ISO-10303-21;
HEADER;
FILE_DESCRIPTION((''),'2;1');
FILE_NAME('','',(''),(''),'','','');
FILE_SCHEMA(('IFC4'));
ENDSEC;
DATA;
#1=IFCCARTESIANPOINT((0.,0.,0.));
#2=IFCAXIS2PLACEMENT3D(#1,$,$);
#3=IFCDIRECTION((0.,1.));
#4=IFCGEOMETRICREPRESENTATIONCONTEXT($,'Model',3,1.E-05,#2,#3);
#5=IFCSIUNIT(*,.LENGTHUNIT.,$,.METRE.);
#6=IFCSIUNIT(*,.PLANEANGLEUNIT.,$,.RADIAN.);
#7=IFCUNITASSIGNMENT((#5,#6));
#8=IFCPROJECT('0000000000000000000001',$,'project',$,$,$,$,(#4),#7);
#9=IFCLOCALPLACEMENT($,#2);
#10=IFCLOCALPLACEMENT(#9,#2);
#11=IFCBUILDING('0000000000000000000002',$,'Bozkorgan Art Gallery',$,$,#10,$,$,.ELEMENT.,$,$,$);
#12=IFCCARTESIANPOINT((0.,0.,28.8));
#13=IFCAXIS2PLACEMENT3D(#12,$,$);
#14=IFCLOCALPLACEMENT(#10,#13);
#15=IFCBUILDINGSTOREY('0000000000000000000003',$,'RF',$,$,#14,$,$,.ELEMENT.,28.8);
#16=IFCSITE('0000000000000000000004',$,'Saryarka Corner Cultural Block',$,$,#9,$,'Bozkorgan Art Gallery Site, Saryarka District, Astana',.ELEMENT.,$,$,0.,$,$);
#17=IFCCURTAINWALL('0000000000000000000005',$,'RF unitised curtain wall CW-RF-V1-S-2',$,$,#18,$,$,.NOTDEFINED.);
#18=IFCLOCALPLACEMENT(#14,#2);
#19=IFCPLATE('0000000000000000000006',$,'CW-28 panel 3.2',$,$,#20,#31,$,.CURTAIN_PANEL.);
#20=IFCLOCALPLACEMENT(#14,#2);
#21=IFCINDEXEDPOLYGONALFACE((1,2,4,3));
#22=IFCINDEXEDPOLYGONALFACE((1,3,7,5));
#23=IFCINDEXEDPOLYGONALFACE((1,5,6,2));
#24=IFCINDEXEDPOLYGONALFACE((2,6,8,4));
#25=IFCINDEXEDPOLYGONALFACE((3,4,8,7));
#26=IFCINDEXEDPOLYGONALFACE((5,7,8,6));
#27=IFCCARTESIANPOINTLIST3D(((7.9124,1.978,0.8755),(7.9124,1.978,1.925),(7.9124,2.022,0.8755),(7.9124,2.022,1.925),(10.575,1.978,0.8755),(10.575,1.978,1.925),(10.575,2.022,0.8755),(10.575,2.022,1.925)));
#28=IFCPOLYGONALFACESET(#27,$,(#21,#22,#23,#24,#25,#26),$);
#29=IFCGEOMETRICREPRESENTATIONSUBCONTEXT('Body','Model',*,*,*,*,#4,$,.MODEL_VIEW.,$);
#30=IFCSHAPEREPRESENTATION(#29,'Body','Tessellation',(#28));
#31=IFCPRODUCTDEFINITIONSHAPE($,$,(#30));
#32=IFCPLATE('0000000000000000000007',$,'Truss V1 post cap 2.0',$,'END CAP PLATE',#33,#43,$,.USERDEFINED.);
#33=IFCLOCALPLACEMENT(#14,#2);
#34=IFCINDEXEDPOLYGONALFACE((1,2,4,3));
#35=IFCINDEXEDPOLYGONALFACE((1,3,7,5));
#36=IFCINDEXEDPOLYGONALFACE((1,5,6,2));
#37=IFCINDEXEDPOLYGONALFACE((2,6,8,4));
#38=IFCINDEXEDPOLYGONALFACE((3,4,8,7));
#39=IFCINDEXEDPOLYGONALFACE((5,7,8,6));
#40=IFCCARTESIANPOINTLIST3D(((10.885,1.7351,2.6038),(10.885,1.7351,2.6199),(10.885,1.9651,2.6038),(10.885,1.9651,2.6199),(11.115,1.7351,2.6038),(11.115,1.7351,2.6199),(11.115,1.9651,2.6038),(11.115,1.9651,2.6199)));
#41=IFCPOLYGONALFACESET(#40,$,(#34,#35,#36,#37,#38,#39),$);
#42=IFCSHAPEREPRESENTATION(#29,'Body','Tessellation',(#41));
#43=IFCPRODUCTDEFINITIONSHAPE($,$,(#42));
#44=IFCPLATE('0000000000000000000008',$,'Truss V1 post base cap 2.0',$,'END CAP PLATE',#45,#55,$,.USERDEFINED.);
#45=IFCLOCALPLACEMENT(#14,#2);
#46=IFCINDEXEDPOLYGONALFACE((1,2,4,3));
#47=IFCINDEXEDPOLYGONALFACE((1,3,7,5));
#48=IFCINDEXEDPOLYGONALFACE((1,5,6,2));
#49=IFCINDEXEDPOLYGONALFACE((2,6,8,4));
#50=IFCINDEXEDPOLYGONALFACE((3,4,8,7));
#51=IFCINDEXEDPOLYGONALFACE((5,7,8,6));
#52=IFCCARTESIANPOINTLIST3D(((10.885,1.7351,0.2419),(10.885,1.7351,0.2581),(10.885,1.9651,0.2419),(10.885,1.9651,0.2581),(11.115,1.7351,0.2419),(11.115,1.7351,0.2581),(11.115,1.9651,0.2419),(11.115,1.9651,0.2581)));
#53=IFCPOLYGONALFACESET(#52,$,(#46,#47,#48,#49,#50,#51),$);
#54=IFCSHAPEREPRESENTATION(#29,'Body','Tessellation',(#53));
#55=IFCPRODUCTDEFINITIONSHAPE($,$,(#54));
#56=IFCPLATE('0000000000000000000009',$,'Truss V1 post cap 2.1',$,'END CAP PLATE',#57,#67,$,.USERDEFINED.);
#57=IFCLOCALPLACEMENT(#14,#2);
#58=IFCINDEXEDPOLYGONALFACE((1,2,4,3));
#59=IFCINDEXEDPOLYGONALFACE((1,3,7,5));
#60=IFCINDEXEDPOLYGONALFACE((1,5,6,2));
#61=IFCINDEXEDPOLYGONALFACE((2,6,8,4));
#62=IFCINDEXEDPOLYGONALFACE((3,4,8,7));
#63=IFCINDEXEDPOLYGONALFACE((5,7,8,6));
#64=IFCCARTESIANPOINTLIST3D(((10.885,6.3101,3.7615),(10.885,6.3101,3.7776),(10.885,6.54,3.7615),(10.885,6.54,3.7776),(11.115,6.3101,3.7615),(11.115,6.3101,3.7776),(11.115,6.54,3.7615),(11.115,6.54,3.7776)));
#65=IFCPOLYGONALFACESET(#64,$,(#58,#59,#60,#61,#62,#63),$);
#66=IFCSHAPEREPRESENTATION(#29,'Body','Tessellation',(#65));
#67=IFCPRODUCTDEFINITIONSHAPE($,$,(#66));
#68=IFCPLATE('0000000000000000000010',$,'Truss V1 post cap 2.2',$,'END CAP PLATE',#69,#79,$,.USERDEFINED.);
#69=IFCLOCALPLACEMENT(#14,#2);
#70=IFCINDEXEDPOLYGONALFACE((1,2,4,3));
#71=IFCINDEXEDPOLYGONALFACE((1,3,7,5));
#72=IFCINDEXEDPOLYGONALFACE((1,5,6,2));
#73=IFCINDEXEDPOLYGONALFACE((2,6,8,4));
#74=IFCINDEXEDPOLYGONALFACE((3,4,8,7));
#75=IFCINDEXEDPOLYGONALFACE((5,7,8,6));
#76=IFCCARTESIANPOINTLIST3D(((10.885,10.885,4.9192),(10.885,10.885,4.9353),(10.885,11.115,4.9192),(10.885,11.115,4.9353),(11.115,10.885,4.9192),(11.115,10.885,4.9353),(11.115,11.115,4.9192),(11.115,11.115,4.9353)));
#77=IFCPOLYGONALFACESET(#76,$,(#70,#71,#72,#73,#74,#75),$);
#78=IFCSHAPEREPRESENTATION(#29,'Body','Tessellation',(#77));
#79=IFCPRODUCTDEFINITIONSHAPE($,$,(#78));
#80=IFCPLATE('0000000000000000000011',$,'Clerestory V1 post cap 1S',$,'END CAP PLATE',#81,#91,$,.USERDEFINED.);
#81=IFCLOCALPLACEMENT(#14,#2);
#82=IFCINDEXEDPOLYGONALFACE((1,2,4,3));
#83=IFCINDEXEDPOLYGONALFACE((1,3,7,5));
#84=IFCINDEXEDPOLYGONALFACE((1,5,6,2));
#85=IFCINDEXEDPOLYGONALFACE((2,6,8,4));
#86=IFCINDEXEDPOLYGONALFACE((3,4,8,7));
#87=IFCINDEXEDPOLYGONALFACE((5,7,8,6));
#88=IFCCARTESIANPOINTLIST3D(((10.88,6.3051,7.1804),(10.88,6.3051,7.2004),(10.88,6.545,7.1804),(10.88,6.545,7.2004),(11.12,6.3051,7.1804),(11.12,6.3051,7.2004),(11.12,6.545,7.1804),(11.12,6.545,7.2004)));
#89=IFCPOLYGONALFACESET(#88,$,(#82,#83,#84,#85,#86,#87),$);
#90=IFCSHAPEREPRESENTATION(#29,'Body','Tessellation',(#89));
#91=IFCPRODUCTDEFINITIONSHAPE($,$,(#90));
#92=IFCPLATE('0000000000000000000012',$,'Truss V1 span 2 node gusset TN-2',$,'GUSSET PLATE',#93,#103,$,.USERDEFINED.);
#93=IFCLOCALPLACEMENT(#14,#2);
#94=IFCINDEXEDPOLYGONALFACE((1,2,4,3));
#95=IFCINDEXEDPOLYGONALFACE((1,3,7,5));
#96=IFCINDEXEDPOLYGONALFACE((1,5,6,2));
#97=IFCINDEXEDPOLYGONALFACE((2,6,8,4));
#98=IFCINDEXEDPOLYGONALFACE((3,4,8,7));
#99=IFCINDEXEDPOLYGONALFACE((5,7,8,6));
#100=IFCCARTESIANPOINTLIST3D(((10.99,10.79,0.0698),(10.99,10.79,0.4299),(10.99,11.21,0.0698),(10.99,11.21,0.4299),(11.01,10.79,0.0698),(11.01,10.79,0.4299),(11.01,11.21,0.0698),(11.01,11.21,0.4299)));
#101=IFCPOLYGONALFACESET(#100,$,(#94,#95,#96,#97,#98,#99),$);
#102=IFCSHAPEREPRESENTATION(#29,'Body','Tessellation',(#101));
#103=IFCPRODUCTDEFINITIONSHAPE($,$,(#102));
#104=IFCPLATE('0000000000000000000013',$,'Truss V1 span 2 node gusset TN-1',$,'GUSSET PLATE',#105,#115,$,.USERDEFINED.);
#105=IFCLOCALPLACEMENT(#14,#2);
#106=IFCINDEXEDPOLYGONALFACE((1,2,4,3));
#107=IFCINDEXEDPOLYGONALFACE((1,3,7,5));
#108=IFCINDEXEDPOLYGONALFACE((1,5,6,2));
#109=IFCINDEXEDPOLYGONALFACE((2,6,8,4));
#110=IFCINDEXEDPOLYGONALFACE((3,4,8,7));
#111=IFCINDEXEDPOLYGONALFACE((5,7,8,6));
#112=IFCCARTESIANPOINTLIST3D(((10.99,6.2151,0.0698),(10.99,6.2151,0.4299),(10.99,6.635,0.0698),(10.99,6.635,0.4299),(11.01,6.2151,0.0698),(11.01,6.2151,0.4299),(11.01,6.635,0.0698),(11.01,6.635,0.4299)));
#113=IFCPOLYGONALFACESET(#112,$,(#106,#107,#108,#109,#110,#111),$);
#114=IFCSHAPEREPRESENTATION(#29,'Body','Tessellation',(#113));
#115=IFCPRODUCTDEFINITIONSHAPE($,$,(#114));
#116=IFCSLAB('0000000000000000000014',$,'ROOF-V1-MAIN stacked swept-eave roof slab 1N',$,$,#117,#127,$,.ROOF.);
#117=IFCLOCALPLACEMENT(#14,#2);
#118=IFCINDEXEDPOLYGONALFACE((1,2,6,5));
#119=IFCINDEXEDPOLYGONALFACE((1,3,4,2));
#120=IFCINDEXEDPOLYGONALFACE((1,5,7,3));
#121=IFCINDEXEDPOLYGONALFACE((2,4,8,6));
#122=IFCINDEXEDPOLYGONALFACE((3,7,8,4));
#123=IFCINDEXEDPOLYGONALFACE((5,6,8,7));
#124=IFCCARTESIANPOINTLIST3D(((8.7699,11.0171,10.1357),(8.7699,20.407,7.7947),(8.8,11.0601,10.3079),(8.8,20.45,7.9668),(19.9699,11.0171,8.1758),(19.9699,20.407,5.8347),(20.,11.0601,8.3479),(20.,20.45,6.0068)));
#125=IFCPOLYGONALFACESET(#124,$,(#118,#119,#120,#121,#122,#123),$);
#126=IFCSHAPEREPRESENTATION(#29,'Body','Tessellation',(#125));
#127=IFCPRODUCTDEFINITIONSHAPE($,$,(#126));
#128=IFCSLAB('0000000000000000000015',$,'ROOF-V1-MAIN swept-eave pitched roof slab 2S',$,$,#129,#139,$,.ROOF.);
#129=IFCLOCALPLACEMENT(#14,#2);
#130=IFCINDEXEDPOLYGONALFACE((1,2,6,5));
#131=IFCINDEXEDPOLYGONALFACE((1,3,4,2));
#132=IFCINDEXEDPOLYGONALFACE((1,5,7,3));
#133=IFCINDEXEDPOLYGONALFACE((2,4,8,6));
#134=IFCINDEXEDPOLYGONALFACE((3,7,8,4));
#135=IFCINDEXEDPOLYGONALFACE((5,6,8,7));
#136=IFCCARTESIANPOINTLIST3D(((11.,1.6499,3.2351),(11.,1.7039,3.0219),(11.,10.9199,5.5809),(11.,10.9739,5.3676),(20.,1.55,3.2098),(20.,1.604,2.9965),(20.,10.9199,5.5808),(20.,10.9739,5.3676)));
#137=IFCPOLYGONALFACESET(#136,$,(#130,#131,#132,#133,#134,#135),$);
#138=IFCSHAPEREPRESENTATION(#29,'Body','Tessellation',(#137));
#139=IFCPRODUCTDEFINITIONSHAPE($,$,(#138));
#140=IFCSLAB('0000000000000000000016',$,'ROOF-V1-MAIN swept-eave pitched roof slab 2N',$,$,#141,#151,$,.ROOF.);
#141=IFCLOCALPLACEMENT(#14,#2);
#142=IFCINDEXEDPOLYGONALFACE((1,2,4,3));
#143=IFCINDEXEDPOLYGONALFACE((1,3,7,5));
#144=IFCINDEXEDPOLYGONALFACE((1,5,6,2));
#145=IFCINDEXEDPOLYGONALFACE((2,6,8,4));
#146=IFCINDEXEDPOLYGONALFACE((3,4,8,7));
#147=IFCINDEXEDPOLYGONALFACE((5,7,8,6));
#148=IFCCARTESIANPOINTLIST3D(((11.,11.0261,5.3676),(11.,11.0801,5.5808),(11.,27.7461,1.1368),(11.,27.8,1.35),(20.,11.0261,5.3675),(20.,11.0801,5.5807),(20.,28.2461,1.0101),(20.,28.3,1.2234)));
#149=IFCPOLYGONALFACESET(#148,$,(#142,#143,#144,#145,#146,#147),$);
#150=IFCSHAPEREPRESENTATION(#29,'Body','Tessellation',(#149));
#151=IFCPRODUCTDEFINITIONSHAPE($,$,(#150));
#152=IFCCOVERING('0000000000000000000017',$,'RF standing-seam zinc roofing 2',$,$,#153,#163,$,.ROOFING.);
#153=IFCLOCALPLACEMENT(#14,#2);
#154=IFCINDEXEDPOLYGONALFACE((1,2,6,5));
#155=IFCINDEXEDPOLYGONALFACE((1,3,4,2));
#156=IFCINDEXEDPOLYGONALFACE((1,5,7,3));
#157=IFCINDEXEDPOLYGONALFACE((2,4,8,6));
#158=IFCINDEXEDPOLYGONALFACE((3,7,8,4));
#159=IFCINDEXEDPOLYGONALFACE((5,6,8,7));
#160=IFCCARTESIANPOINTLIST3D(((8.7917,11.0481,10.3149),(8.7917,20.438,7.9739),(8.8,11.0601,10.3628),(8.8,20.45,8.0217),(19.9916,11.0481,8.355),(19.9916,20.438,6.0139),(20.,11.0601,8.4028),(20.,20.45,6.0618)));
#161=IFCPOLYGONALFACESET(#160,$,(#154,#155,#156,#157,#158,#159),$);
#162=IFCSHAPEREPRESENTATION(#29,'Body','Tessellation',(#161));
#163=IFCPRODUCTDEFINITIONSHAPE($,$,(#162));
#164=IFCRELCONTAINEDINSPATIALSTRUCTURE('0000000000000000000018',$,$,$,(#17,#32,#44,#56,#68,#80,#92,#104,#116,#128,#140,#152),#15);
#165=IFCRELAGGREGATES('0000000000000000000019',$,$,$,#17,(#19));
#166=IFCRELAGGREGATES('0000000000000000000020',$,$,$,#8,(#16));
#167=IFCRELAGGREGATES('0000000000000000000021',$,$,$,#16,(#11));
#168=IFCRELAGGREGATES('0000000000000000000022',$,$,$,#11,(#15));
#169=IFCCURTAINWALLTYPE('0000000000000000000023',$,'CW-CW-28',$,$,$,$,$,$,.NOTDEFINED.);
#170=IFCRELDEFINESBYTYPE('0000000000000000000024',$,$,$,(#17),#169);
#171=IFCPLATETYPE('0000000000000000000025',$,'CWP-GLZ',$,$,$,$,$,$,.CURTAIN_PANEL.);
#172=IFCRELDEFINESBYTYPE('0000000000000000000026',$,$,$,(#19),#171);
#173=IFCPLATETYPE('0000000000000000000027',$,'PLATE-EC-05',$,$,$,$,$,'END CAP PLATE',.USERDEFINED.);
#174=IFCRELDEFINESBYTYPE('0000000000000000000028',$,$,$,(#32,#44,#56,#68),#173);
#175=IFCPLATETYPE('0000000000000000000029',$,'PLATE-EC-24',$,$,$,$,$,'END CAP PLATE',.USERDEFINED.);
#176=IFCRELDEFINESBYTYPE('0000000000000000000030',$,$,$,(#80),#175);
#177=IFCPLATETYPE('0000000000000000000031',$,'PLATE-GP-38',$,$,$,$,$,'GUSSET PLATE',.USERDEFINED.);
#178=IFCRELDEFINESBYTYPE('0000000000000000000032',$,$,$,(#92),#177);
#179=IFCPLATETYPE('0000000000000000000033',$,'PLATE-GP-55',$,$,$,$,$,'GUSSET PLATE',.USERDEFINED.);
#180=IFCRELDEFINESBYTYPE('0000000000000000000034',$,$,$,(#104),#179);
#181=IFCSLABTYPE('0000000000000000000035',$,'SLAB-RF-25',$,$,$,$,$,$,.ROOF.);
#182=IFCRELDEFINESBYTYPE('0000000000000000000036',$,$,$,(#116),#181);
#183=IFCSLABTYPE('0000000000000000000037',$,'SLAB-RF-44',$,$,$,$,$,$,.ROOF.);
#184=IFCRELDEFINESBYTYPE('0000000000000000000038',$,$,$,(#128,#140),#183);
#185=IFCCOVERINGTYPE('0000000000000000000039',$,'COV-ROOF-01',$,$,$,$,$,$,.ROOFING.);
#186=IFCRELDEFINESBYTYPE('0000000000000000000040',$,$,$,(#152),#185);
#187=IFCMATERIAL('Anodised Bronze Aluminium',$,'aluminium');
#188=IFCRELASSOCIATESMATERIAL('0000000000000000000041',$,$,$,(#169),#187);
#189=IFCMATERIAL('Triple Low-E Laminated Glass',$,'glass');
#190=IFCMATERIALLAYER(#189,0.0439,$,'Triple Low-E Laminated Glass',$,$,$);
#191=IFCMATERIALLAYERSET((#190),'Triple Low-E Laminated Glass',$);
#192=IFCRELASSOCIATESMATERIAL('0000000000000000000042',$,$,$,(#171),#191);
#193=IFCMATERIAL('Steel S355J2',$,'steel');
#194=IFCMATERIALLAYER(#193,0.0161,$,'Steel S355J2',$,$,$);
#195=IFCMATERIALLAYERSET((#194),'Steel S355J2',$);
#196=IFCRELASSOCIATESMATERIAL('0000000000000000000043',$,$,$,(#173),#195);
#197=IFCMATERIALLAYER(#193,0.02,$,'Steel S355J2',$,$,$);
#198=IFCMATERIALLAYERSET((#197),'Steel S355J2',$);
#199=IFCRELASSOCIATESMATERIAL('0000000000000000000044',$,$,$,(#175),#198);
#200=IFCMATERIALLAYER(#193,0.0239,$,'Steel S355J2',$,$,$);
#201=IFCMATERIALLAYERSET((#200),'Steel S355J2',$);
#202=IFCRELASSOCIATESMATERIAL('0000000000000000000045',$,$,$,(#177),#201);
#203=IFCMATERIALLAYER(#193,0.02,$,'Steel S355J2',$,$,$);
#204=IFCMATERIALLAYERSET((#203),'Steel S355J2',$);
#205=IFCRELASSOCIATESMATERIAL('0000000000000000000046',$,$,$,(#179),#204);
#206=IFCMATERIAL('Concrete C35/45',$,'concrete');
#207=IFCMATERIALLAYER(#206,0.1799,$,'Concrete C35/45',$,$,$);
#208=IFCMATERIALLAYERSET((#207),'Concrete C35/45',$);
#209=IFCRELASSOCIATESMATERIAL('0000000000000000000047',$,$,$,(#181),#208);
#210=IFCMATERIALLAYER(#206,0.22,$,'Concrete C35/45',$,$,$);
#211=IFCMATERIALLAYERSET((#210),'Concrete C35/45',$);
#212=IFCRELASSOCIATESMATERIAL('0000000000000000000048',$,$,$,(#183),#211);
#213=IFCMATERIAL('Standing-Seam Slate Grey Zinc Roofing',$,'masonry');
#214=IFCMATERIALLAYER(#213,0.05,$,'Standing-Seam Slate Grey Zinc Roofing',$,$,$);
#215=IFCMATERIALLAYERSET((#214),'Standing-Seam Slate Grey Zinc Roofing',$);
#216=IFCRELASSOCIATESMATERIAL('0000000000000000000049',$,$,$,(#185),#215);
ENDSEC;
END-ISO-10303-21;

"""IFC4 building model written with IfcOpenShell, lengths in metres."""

from ifc_helpers import new_model, si_unit, direction, frame, origin, origin_2d, place, context, subcontext, project, spatial, polyline, rectangle, outline, extrude, material, layer, layer_set, type_object, element, aggregate, save


model = new_model("IFC4")

# Units and contexts
model_context = context("Model", 3, precision=1e-05, world=origin(), true_north=direction((0.0, 1.0)))
body_context = subcontext(model_context, "Body", "Model", "MODEL_VIEW")
ifc_project = project(units=[si_unit("LENGTHUNIT", "METRE"), si_unit("PLANEANGLEUNIT", "RADIAN")], contexts=[model_context])

# Site, building, storey
site_placement = place(None, origin())
site = spatial("IfcSite", under=ifc_project, at=site_placement, Name="Saryarka Corner Cultural Block", LongName="Bozkorgan Art Gallery Site, Saryarka District, Astana", CompositionType="ELEMENT", RefElevation=0.0)
building_placement = place(site_placement, origin())
building = spatial("IfcBuilding", under=site, at=building_placement, Name="Bozkorgan Art Gallery", CompositionType="ELEMENT")
storey_placement = place(building_placement, frame((0.0, 0.0, 28.8)))
storey = spatial("IfcBuildingStorey", under=building, at=storey_placement, Name="RF", CompositionType="ELEMENT", Elevation=28.8)

# Shared definitions
ifc_material_1 = material(Name="Steel S355J2", Category="steel")

# Curtain wall
ifc_material_2 = material(Name="Anodised Bronze Aluminium", Category="aluminium")
curtain_wall_type = type_object("IfcCurtainWallType", Name="CW-CW-28", PredefinedType="NOTDEFINED", material=ifc_material_2)
curtain_wall_1_placement = place(storey_placement, origin())
curtain_wall_1 = element("IfcCurtainWall", 1, at=curtain_wall_1_placement, inside=storey, type_object=curtain_wall_type, Name="RF unitised curtain wall CW-RF-V1-S-2", PredefinedType="NOTDEFINED")

# Plate
ifc_material_3 = material(Name="Triple Low-E Laminated Glass", Category="glass")
ifc_layer_1 = layer(ifc_material_3, 0.0439, Name="Triple Low-E Laminated Glass")
ifc_layer_set_1 = layer_set([ifc_layer_1], Name="Triple Low-E Laminated Glass")
plate_type_1 = type_object("IfcPlateType", Name="CWP-GLZ", PredefinedType="CURTAIN_PANEL", material=ifc_layer_set_1)
plate_1_placement = place(storey_placement, frame((9.2437, 2.0, 0.8755), z_axis=(0.0, 0.0, 1.0), x_axis=(1.0, 0.0, 0.0)))
plate_1 = element("IfcPlate", 2, at=plate_1_placement, type_object=plate_type_1, Name="CW-28 panel 3.2", PredefinedType="CURTAIN_PANEL", context=body_context, shape_type="SweptSolid", body=[
    extrude(rectangle(XDim=2.6626, YDim=0.0439, at=origin_2d()), origin(), (0.0, 0.0, 1.0), 1.0496),
])
aggregate(curtain_wall_1, [plate_1])

# Plates
ifc_layer_2 = layer(ifc_material_1, 0.0161, Name="Steel S355J2")
ifc_layer_set_2 = layer_set([ifc_layer_2], Name="Steel S355J2")
plate_type_2 = type_object("IfcPlateType", Name="PLATE-EC-05", ElementType="END CAP PLATE", PredefinedType="USERDEFINED", material=ifc_layer_set_2)
for number, where, z_axis, x_axis, name in (
    (3, (11.0, 1.8501, 2.6038), (0.0, 0.0, 1.0), (1.0, 0.0, 0.0), "Truss V1 post cap 2.0"),
    (4, (11.0, 1.8501, 0.2419), (0.0, 0.0, 1.0), (1.0, 0.0, 0.0), "Truss V1 post base cap 2.0"),
    (5, (11.0, 6.425, 3.7615), (0.0, 0.0, 1.0), (1.0, 0.0, 0.0), "Truss V1 post cap 2.1"),
    (6, (11.0, 11.0, 4.9192), (0.0, 0.0, 1.0), (1.0, 0.0, 0.0), "Truss V1 post cap 2.2"),
):
    element("IfcPlate", number, at=place(storey_placement, frame(where, z_axis=z_axis, x_axis=x_axis)), inside=storey, type_object=plate_type_2, Name=name, ObjectType="END CAP PLATE", PredefinedType="USERDEFINED", context=body_context, shape_type="SweptSolid", body=[
        extrude(rectangle(XDim=0.23, YDim=0.23, at=origin_2d()), origin(), (0.0, 0.0, 1.0), 0.0161),
    ])
ifc_layer_3 = layer(ifc_material_1, 0.02, Name="Steel S355J2")
ifc_layer_set_3 = layer_set([ifc_layer_3], Name="Steel S355J2")
plate_type_3 = type_object("IfcPlateType", Name="PLATE-EC-24", ElementType="END CAP PLATE", PredefinedType="USERDEFINED", material=ifc_layer_set_3)
plate_2_placement = place(storey_placement, frame((11.0, 6.425, 7.1804), z_axis=(0.0, 0.0, 1.0), x_axis=(1.0, 0.0, 0.0)))
element("IfcPlate", 7, at=plate_2_placement, inside=storey, type_object=plate_type_3, Name="Clerestory V1 post cap 1S", ObjectType="END CAP PLATE", PredefinedType="USERDEFINED", context=body_context, shape_type="SweptSolid", body=[
    extrude(rectangle(XDim=0.24, YDim=0.24, at=origin_2d()), origin(), (0.0, 0.0, 1.0), 0.02),
])
ifc_layer_4 = layer(ifc_material_1, 0.0239, Name="Steel S355J2")
ifc_layer_set_4 = layer_set([ifc_layer_4], Name="Steel S355J2")
plate_type_4 = type_object("IfcPlateType", Name="PLATE-GP-38", ElementType="GUSSET PLATE", PredefinedType="USERDEFINED", material=ifc_layer_set_4)
plate_3_placement = place(storey_placement, frame((11.0, 11.0, 0.0698), z_axis=(0.0, 0.0, 1.0), x_axis=(1.0, 0.0, 0.0)))
element("IfcPlate", 8, at=plate_3_placement, inside=storey, type_object=plate_type_4, Name="Truss V1 span 2 node gusset TN-2", ObjectType="GUSSET PLATE", PredefinedType="USERDEFINED", context=body_context, shape_type="SweptSolid", body=[
    extrude(rectangle(XDim=0.02, YDim=0.4199, at=origin_2d()), origin(), (0.0, 0.0, 1.0), 0.3601),
])
ifc_layer_5 = layer(ifc_material_1, 0.02, Name="Steel S355J2")
ifc_layer_set_5 = layer_set([ifc_layer_5], Name="Steel S355J2")
plate_type_5 = type_object("IfcPlateType", Name="PLATE-GP-55", ElementType="GUSSET PLATE", PredefinedType="USERDEFINED", material=ifc_layer_set_5)
plate_4_placement = place(storey_placement, frame((11.0, 6.425, 0.0698), z_axis=(0.0, 0.0, 1.0), x_axis=(1.0, 0.0, 0.0)))
element("IfcPlate", 9, at=plate_4_placement, inside=storey, type_object=plate_type_5, Name="Truss V1 span 2 node gusset TN-1", ObjectType="GUSSET PLATE", PredefinedType="USERDEFINED", context=body_context, shape_type="SweptSolid", body=[
    extrude(rectangle(XDim=0.02, YDim=0.4199, at=origin_2d()), origin(), (0.0, 0.0, 1.0), 0.3601),
])

# Slabs
ifc_material_4 = material(Name="Concrete C35/45", Category="concrete")
ifc_layer_6 = layer(ifc_material_4, 0.1799, Name="Concrete C35/45")
ifc_layer_set_6 = layer_set([ifc_layer_6], Name="Concrete C35/45")
slab_type_1 = type_object("IfcSlabType", Name="SLAB-RF-25", PredefinedType="ROOF", material=ifc_layer_set_6)
slab_1_placement = place(storey_placement, frame((8.8, 11.0601, 10.3079), z_axis=(0.167403, 0.238499, 0.956606), x_axis=(0.985031, 0.0, -0.172378)))
element("IfcSlab", 10, at=slab_1_placement, inside=storey, type_object=slab_type_1, Name="ROOF-V1-MAIN stacked swept-eave roof slab 1N", PredefinedType="ROOF", context=body_context, shape_type="SweptSolid", body=[
    extrude(outline(polyline([(0.0, 0.0), (11.3702, 0.0), (11.7737, 9.6689), (0.4035, 9.6689), (0.0, 0.0)])), origin(), (0.0, 0.0, -1.0), 0.1799),
])
ifc_layer_7 = layer(ifc_material_4, 0.22, Name="Concrete C35/45")
ifc_layer_set_7 = layer_set([ifc_layer_7], Name="Concrete C35/45")
slab_type_2 = type_object("IfcSlabType", Name="SLAB-RF-44", PredefinedType="ROOF", material=ifc_layer_set_7)
slab_2_placement = place(storey_placement, frame((11.0, 1.6499, 3.2351), z_axis=(0.000007, -0.245316, 0.969443), x_axis=(0.999934, -0.011096, -0.002815)))
element("IfcSlab", 11, at=slab_2_placement, inside=storey, type_object=slab_type_2, Name="ROOF-V1-MAIN swept-eave pitched roof slab 2S", PredefinedType="ROOF", context=body_context, shape_type="SweptSolid", body=[
    extrude(outline(polyline([(0.0, 0.0), (9.0006, 0.0), (8.89, 9.6646), (-0.1095, 9.5616), (0.0, 0.0)])), origin(), (0.0, 0.0, -1.0), 0.22),
])
slab_3_placement = place(storey_placement, frame((11.0, 11.0801, 5.5808), z_axis=(0.00001, 0.245308, 0.969445), x_axis=(1.0, -0.000003, -0.00001)))
element("IfcSlab", 12, at=slab_3_placement, inside=storey, type_object=slab_type_2, Name="ROOF-V1-MAIN swept-eave pitched roof slab 2N", PredefinedType="ROOF", context=body_context, shape_type="SweptSolid", body=[
    extrude(outline(polyline([(0.0, 0.0), (9.0, 0.0), (9.0, 17.7627), (0.0, 17.2469), (0.0, 0.0)])), origin(), (0.0, 0.0, -1.0), 0.22),
])

# Covering
ifc_material_5 = material(Name="Standing-Seam Slate Grey Zinc Roofing", Category="masonry")
ifc_layer_8 = layer(ifc_material_5, 0.05, Name="Standing-Seam Slate Grey Zinc Roofing")
ifc_layer_set_8 = layer_set([ifc_layer_8], Name="Standing-Seam Slate Grey Zinc Roofing")
covering_type = type_object("IfcCoveringType", Name="COV-ROOF-01", PredefinedType="ROOFING", material=ifc_layer_set_8)
covering_placement = place(storey_placement, frame((8.8, 11.0601, 10.3628), z_axis=(0.167403, 0.238499, 0.956606), x_axis=(0.985031, 0.0, -0.172378)))
element("IfcCovering", 13, at=covering_placement, inside=storey, type_object=covering_type, Name="RF standing-seam zinc roofing 2", PredefinedType="ROOFING", context=body_context, shape_type="SweptSolid", body=[
    extrude(outline(polyline([(0.0, 0.0), (11.3702, 0.0), (11.7737, 9.6689), (0.4035, 9.6689), (0.0, 0.0)])), origin(), (0.0, 0.0, -1.0), 0.05),
])

save(model, "model.ifc")
